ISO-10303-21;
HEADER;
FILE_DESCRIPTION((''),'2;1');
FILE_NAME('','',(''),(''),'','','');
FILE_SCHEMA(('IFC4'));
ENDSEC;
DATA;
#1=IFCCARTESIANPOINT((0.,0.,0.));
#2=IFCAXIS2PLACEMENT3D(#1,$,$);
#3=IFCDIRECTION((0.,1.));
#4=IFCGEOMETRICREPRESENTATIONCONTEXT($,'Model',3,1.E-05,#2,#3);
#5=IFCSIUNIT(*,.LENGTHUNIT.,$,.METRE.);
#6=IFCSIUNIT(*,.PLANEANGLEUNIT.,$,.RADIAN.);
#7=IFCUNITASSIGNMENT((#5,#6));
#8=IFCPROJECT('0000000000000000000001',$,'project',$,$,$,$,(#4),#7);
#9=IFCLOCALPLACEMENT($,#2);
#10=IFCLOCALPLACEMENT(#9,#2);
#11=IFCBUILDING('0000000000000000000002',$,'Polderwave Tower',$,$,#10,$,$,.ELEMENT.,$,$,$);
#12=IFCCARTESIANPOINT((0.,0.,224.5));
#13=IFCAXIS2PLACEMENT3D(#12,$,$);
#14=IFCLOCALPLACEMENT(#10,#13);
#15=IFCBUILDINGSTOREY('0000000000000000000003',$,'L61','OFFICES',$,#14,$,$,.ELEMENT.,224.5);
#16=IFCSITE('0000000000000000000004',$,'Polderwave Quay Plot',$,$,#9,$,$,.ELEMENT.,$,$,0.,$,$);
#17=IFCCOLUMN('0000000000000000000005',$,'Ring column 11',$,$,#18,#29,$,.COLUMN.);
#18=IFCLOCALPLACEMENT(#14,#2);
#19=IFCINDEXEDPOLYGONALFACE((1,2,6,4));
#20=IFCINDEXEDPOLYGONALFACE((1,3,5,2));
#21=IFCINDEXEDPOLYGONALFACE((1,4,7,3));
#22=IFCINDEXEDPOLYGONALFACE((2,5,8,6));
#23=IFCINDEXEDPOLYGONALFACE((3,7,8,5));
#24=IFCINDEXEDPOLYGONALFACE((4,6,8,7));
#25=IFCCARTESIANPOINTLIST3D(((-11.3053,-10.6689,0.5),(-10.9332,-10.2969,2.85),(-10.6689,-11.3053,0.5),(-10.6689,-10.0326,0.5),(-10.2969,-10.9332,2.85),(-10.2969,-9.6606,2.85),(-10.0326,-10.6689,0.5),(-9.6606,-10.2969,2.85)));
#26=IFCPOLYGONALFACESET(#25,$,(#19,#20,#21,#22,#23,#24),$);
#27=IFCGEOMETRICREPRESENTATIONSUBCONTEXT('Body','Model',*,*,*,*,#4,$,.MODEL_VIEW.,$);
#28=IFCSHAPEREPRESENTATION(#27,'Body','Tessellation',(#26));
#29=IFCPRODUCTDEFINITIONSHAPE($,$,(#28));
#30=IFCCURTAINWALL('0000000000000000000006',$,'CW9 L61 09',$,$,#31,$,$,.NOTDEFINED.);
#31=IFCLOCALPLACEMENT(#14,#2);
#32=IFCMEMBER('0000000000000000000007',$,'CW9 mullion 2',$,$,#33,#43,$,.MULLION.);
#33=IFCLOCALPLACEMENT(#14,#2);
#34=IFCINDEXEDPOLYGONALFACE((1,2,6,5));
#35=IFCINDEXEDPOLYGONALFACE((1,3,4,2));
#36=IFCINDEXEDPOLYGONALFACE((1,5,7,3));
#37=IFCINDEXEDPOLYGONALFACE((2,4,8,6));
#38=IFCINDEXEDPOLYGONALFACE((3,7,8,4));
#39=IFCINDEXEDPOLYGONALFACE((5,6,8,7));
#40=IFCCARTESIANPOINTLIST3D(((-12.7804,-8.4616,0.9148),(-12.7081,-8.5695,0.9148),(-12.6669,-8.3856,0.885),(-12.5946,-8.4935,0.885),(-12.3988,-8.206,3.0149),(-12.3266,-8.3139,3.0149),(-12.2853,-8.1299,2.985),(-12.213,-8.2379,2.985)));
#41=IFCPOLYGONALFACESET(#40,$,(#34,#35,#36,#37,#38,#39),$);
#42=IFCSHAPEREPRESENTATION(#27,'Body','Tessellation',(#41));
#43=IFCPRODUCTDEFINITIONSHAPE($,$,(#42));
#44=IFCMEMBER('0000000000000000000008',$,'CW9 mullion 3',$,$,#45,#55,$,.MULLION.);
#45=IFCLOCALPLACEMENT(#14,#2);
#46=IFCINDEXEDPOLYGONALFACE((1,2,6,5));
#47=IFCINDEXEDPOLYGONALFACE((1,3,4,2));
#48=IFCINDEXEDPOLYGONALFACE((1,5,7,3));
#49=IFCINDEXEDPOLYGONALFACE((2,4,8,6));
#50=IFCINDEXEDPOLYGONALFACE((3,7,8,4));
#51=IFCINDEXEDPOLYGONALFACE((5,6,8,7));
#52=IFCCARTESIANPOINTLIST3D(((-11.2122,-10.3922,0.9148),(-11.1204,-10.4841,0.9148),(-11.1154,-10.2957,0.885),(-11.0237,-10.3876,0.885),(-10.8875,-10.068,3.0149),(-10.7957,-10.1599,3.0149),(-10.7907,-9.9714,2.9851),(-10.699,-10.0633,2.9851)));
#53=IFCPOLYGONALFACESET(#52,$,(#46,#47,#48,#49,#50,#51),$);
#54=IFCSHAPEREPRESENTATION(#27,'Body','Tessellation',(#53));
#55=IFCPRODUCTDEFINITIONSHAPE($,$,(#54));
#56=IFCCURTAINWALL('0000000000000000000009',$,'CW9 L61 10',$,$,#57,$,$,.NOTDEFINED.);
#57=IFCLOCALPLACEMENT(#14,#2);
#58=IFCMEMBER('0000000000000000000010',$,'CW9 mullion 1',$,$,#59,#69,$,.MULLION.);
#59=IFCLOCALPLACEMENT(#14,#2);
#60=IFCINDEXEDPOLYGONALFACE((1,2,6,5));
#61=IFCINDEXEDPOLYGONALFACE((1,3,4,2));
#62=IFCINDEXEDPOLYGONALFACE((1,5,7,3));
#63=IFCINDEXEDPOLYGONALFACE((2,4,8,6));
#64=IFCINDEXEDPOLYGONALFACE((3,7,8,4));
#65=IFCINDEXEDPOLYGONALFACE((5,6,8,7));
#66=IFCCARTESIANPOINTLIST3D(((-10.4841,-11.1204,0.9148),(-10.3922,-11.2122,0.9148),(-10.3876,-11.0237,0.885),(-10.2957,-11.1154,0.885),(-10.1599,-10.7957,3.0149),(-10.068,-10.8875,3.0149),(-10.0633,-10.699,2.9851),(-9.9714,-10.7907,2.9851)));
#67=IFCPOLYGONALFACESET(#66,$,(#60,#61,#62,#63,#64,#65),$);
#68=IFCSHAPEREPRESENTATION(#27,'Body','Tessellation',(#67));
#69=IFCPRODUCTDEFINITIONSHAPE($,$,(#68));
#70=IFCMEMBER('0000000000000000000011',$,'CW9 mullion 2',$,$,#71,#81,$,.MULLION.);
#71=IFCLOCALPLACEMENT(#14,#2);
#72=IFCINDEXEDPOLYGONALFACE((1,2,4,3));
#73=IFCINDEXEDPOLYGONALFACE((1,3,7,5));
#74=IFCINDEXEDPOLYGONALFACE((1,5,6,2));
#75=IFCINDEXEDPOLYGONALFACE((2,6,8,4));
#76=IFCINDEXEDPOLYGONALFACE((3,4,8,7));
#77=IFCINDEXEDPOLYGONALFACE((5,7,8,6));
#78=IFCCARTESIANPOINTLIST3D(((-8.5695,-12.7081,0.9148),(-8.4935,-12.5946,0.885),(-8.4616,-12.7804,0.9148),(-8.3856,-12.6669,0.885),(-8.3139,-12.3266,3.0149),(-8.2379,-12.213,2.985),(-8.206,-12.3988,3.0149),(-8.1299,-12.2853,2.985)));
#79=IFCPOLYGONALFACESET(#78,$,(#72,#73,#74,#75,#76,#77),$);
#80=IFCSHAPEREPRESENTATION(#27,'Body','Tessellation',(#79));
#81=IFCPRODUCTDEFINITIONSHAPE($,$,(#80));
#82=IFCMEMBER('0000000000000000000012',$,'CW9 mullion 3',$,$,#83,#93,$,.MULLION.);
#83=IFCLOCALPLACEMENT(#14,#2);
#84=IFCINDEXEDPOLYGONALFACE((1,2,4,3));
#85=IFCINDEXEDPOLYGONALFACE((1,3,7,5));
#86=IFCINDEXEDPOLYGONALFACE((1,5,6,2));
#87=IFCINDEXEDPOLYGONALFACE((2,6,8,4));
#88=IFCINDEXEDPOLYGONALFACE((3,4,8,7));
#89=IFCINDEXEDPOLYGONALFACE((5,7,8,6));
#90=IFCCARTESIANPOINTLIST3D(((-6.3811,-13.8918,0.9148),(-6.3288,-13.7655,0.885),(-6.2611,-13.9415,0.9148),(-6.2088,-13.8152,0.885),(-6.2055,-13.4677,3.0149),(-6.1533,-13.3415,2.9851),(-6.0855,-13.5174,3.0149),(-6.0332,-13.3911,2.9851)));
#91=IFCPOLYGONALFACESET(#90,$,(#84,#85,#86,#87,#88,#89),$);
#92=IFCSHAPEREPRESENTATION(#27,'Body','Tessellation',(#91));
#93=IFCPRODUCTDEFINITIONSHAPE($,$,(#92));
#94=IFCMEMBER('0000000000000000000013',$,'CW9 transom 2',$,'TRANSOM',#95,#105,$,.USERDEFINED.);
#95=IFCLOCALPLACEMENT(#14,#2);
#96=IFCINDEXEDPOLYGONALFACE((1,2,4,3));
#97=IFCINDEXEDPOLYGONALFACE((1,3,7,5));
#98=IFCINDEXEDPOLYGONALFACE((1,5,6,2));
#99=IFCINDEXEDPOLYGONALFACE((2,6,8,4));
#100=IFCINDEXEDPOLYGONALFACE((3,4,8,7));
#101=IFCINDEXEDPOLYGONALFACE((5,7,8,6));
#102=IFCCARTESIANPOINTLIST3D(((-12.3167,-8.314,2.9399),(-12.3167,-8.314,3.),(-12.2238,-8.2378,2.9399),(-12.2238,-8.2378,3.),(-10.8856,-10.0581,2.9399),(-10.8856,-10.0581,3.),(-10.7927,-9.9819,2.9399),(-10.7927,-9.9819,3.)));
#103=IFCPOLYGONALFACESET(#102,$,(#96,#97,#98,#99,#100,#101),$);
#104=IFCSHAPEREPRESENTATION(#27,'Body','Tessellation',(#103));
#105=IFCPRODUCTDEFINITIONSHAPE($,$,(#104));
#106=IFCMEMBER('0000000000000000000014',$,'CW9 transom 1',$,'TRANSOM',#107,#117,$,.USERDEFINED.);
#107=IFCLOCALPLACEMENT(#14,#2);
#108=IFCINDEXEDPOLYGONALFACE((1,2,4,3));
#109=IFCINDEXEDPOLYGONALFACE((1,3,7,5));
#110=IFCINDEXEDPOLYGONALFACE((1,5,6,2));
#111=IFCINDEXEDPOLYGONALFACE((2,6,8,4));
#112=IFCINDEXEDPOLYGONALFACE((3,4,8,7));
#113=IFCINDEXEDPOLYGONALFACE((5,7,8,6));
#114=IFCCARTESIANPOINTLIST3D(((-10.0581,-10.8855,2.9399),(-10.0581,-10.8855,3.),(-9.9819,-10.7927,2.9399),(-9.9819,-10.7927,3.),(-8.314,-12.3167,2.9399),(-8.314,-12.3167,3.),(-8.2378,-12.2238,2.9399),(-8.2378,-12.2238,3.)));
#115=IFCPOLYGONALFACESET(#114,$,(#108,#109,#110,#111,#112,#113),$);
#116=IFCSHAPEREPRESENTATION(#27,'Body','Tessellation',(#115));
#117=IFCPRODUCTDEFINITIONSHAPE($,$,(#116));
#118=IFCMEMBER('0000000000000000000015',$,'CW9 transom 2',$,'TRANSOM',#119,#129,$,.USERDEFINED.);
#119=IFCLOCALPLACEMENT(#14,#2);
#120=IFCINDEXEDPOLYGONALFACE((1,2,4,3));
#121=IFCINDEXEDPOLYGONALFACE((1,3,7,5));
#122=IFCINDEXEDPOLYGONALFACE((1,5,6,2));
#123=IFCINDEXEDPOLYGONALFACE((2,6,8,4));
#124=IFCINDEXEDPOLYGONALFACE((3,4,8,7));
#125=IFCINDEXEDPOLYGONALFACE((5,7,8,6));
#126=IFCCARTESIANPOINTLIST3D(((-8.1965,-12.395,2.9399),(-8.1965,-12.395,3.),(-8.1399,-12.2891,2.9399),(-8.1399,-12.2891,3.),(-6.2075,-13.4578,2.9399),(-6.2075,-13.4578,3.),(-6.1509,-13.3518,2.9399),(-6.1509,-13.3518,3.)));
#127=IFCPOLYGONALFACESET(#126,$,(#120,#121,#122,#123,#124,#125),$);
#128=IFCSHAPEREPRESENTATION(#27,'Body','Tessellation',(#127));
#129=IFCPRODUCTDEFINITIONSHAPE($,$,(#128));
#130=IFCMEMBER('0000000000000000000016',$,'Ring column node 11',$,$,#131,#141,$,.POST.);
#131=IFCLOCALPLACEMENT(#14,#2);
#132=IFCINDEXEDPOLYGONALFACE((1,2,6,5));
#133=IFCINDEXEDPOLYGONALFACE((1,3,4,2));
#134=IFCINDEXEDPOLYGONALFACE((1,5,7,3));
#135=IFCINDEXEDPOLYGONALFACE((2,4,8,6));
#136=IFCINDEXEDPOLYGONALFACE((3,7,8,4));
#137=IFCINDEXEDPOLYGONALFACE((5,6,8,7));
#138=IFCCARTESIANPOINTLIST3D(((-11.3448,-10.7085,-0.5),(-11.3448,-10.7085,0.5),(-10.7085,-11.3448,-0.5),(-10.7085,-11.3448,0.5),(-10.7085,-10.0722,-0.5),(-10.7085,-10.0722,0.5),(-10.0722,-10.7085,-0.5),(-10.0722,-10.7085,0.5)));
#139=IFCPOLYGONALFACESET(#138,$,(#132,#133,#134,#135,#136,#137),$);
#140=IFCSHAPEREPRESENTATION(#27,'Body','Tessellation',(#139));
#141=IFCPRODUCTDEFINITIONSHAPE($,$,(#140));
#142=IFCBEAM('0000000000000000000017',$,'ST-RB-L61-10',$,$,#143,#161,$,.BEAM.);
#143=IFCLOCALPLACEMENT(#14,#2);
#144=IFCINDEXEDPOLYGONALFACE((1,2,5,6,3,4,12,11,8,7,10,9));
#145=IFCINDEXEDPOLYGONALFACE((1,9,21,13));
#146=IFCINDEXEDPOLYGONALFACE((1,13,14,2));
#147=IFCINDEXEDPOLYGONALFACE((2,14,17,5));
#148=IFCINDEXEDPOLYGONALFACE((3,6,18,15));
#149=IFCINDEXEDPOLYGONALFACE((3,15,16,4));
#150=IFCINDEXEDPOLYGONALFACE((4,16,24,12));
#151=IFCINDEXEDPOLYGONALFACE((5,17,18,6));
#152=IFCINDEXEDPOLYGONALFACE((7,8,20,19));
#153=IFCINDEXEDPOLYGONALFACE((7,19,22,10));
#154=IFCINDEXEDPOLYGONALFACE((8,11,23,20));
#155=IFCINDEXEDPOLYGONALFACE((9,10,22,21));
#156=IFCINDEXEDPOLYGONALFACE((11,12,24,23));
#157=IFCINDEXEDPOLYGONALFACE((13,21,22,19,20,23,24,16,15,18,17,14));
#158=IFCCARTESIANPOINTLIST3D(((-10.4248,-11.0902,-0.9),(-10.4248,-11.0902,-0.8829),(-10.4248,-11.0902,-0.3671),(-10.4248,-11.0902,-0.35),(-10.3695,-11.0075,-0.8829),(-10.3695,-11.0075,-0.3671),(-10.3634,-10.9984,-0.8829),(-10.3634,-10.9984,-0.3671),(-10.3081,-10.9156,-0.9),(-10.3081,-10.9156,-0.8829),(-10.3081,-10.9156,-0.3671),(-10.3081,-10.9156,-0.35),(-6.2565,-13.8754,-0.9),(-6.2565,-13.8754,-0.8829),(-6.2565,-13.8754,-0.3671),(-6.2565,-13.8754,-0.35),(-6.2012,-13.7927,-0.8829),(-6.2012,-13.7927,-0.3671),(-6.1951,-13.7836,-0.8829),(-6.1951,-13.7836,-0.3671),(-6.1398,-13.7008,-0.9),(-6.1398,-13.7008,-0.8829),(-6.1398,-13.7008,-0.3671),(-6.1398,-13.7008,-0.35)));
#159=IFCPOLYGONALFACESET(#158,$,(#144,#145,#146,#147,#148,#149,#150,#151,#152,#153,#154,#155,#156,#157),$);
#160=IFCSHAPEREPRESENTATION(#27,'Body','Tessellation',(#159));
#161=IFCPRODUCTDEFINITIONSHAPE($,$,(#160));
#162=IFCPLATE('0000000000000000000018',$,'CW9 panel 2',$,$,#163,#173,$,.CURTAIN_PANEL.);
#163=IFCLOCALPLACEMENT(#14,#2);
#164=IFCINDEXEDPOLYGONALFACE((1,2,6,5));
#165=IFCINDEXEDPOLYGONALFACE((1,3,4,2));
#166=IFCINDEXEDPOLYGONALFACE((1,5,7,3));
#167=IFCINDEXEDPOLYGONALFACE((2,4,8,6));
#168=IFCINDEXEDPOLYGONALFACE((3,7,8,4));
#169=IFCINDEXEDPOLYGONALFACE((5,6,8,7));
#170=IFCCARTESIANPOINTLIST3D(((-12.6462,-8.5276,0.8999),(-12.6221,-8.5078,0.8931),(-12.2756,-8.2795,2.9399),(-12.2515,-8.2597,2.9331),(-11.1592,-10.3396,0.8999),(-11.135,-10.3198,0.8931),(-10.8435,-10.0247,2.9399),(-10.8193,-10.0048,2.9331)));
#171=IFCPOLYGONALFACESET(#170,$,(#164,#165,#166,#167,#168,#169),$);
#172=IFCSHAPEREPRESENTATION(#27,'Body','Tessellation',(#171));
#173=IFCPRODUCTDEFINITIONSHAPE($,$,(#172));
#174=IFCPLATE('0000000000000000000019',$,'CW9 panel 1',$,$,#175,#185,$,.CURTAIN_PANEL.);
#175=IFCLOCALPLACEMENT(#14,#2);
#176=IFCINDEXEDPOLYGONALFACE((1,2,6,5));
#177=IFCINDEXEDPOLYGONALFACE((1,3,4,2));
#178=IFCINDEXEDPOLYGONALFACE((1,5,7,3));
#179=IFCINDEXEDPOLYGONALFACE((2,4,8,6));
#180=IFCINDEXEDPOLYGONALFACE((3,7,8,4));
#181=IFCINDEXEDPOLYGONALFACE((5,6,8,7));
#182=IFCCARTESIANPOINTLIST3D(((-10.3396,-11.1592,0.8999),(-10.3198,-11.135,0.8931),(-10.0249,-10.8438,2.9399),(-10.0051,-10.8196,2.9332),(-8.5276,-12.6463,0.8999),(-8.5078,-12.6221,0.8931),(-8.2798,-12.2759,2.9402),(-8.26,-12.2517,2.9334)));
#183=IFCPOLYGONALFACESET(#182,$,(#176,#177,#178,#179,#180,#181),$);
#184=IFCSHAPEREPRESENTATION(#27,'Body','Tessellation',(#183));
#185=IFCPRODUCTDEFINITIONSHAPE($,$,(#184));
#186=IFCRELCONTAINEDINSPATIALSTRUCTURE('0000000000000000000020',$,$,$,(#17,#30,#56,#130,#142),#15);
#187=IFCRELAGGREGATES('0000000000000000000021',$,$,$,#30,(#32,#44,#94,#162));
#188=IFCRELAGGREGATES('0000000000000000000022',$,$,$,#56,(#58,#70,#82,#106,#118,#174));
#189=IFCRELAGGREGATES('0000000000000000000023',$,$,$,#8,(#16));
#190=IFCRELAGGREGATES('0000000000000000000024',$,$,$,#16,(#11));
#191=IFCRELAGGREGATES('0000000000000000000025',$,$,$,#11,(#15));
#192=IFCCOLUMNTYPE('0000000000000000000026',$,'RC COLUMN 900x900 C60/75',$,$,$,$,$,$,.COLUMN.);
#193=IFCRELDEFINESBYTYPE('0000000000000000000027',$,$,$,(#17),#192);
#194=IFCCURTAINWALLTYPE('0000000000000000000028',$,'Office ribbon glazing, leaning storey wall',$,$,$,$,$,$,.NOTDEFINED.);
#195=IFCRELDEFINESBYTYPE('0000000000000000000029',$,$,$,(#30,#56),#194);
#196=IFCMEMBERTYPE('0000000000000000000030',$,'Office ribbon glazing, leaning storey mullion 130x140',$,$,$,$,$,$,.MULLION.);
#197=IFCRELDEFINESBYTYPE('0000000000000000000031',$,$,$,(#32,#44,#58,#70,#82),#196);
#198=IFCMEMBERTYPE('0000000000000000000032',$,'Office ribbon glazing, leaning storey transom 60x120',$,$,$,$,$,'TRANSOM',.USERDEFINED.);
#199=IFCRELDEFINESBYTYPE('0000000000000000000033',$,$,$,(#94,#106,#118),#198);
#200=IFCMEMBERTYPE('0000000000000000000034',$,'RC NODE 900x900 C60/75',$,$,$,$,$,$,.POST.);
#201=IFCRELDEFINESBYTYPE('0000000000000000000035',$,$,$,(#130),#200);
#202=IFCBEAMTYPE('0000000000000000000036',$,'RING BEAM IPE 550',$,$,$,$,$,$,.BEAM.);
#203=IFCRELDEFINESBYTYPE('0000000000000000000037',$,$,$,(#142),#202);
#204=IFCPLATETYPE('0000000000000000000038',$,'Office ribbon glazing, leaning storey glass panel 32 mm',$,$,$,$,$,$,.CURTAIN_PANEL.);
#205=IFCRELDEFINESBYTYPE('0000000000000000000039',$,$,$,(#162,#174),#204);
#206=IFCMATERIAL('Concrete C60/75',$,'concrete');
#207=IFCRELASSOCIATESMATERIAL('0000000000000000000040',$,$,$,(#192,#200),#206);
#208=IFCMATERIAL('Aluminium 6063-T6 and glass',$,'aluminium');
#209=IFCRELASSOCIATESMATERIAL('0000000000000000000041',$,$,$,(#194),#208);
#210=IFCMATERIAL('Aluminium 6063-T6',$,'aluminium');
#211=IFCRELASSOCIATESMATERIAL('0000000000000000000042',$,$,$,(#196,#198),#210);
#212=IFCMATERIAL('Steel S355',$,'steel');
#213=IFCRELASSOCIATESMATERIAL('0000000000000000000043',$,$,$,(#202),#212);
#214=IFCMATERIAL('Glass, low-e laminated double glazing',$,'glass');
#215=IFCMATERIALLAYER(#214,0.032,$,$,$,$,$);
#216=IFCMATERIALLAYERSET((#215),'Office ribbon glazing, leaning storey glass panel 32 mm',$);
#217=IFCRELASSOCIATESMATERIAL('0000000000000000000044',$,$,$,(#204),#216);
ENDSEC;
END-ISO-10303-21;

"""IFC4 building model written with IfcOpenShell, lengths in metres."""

from ifc_helpers import new_model, si_unit, direction, frame, origin, origin_2d, place, context, subcontext, project, spatial, polyline, rectangle, i_section, outline, extrude, material, layer, layer_set, material_profile, profile_set, type_object, element, aggregate, save


model = new_model("IFC4")

# Units and contexts
model_context = context("Model", 3, precision=1e-05, world=origin(), true_north=direction((0.0, 1.0)))
body_context = subcontext(model_context, "Body", "Model", "MODEL_VIEW")
ifc_project = project(units=[si_unit("LENGTHUNIT", "METRE"), si_unit("PLANEANGLEUNIT", "RADIAN")], contexts=[model_context])

# Site, building, storey
site_placement = place(None, origin())
site = spatial("IfcSite", under=ifc_project, at=site_placement, Name="Polderwave Quay Plot", CompositionType="ELEMENT", RefElevation=0.0)
building_placement = place(site_placement, origin())
building = spatial("IfcBuilding", under=site, at=building_placement, Name="Polderwave Tower", CompositionType="ELEMENT")
storey_placement = place(building_placement, frame((0.0, 0.0, 224.5)))
storey = spatial("IfcBuildingStorey", under=building, at=storey_placement, Name="L61", Description="OFFICES", CompositionType="ELEMENT", Elevation=224.5)

# Column
ifc_material_1 = material(Name="Concrete C60/75", Category="concrete")
ifc_material_profile_1 = material_profile(ifc_material_1, rectangle(XDim=0.8999, YDim=0.8999, at=origin_2d()), Name="RC 900x900")
ifc_profile_set_1 = profile_set([ifc_material_profile_1], Name="Concrete C60/75")
column_type = type_object("IfcColumnType", Name="RC COLUMN 900x900 C60/75", PredefinedType="COLUMN", material=ifc_profile_set_1)
column_placement = place(storey_placement, frame((-10.6689, -10.6689, 0.5), z_axis=(0.0, 0.0, 1.0), x_axis=(-0.707107, 0.707107, 0.0)))
element("IfcColumn", 1, at=column_placement, inside=storey, type_object=column_type, Name="Ring column 11", PredefinedType="COLUMN", context=body_context, shape_type="SweptSolid", body=[
    extrude(rectangle(XDim=0.8999, YDim=0.8999, at=origin_2d()), origin(), (0.0, -0.21849, 0.975839), 2.4082),
])

# Curtain walls, members
ifc_material_2 = material(Name="Aluminium 6063-T6 and glass", Category="aluminium")
curtain_wall_type = type_object("IfcCurtainWallType", Name="Office ribbon glazing, leaning storey wall", PredefinedType="NOTDEFINED", material=ifc_material_2)
curtain_wall_1_placement = place(storey_placement, origin())
curtain_wall_1 = element("IfcCurtainWall", 2, at=curtain_wall_1_placement, inside=storey, type_object=curtain_wall_type, Name="CW9 L61 09", PredefinedType="NOTDEFINED")
ifc_material_3 = material(Name="Aluminium 6063-T6", Category="aluminium")
ifc_material_profile_2 = material_profile(ifc_material_3, rectangle(XDim=0.1299, YDim=0.1399, at=origin_2d()), Name="AL 130x140")
ifc_profile_set_2 = profile_set([ifc_material_profile_2], Name="Aluminium 6063-T6")
member_type_1 = type_object("IfcMemberType", Name="Office ribbon glazing, leaning storey mullion 130x140", PredefinedType="MULLION", material=ifc_profile_set_2)
member_1_placement = place(storey_placement, frame((-12.6875, -8.4775, 0.8999), z_axis=(0.177506, 0.118905, 0.97691), x_axis=(-0.556539, 0.830822, 0.0)))
member_1 = element("IfcMember", 3, at=member_1_placement, type_object=member_type_1, Name="CW9 mullion 2", PredefinedType="MULLION", context=body_context, shape_type="SweptSolid", body=[
    extrude(rectangle(XDim=0.1299, YDim=0.1399, at=origin_2d()), origin(), (0.0, 0.0, 1.0), 2.1497),
])
member_2_placement = place(storey_placement, frame((-11.1179, -10.3899, 0.8999), z_axis=(0.151052, 0.150825, 0.976952), x_axis=(-0.706575, 0.707639, 0.0)))
member_2 = element("IfcMember", 4, at=member_2_placement, type_object=member_type_1, Name="CW9 mullion 3", PredefinedType="MULLION", context=body_context, shape_type="SweptSolid", body=[
    extrude(rectangle(XDim=0.1299, YDim=0.1399, at=origin_2d()), origin(), (0.0, 0.0, 1.0), 2.1497),
])
curtain_wall_2_placement = place(storey_placement, origin())
curtain_wall_2 = element("IfcCurtainWall", 5, at=curtain_wall_2_placement, inside=storey, type_object=curtain_wall_type, Name="CW9 L61 10", PredefinedType="NOTDEFINED")
member_3_placement = place(storey_placement, frame((-10.3899, -11.1179, 0.8999), z_axis=(0.150825, 0.151052, 0.976952), x_axis=(-0.707639, 0.706575, 0.0)))
member_3 = element("IfcMember", 6, at=member_3_placement, type_object=member_type_1, Name="CW9 mullion 1", PredefinedType="MULLION", context=body_context, shape_type="SweptSolid", body=[
    extrude(rectangle(XDim=0.1299, YDim=0.1399, at=origin_2d()), origin(), (0.0, 0.0, 1.0), 2.1497),
])
member_4_placement = place(storey_placement, frame((-8.4775, -12.6875, 0.8999), z_axis=(0.118905, 0.177506, 0.97691), x_axis=(-0.830822, 0.556539, 0.0)))
member_4 = element("IfcMember", 7, at=member_4_placement, type_object=member_type_1, Name="CW9 mullion 2", PredefinedType="MULLION", context=body_context, shape_type="SweptSolid", body=[
    extrude(rectangle(XDim=0.1299, YDim=0.1399, at=origin_2d()), origin(), (0.0, 0.0, 1.0), 2.1497),
])
member_5_placement = place(storey_placement, frame((-6.2949, -13.8535, 0.8999), z_axis=(0.081658, 0.197274, 0.976942), x_axis=(-0.923971, 0.382461, 0.0)))
member_5 = element("IfcMember", 8, at=member_5_placement, type_object=member_type_1, Name="CW9 mullion 3", PredefinedType="MULLION", context=body_context, shape_type="SweptSolid", body=[
    extrude(rectangle(XDim=0.1299, YDim=0.1399, at=origin_2d()), origin(), (0.0, 0.0, 1.0), 2.1497),
])

# Members
ifc_material_profile_3 = material_profile(ifc_material_3, rectangle(XDim=0.1201, YDim=0.0601, at=origin_2d()), Name="AL 60x120")
ifc_profile_set_3 = profile_set([ifc_material_profile_3], Name="Aluminium 6063-T6")
member_type_2 = type_object("IfcMemberType", Name="Office ribbon glazing, leaning storey transom 60x120", ElementType="TRANSOM", PredefinedType="USERDEFINED", material=ifc_profile_set_3)
member_6_placement = place(storey_placement, frame((-12.2703, -8.2759, 2.97), z_axis=(0.634333, -0.77306, 0.0), x_axis=(0.77306, 0.634333, 0.0)))
member_6 = element("IfcMember", 9, at=member_6_placement, type_object=member_type_2, Name="CW9 transom 2", ObjectType="TRANSOM", PredefinedType="USERDEFINED", context=body_context, shape_type="SweptSolid", body=[
    extrude(rectangle(XDim=0.1201, YDim=0.0601, at=origin_2d()), origin(), (0.0, 0.0, 1.0), 2.2561),
])
member_7_placement = place(storey_placement, frame((-10.02, -10.8391, 2.97), z_axis=(0.77306, -0.634333, 0.0), x_axis=(0.634333, 0.77306, 0.0)))
member_7 = element("IfcMember", 10, at=member_7_placement, type_object=member_type_2, Name="CW9 transom 1", ObjectType="TRANSOM", PredefinedType="USERDEFINED", context=body_context, shape_type="SweptSolid", body=[
    extrude(rectangle(XDim=0.1201, YDim=0.0601, at=origin_2d()), origin(), (0.0, 0.0, 1.0), 2.2561),
])
member_8_placement = place(storey_placement, frame((-8.1682, -12.342, 2.97), z_axis=(0.881996, -0.471257, 0.0), x_axis=(0.471257, 0.881996, 0.0)))
member_8 = element("IfcMember", 11, at=member_8_placement, type_object=member_type_2, Name="CW9 transom 2", ObjectType="TRANSOM", PredefinedType="USERDEFINED", context=body_context, shape_type="SweptSolid", body=[
    extrude(rectangle(XDim=0.1201, YDim=0.0601, at=origin_2d()), origin(), (0.0, 0.0, 1.0), 2.2551),
])
ifc_material_profile_4 = material_profile(ifc_material_1, rectangle(XDim=0.8999, YDim=0.8999, at=origin_2d()), Name="RC 900x900")
ifc_profile_set_4 = profile_set([ifc_material_profile_4], Name="Concrete C60/75")
member_type_3 = type_object("IfcMemberType", Name="RC NODE 900x900 C60/75", PredefinedType="POST", material=ifc_profile_set_4)
member_9_placement = place(storey_placement, frame((-10.7085, -10.7085, -0.5), z_axis=(0.0, 0.0, 1.0), x_axis=(-0.707107, -0.707107, 0.0)))
element("IfcMember", 12, at=member_9_placement, inside=storey, type_object=member_type_3, Name="Ring column node 11", PredefinedType="POST", context=body_context, shape_type="SweptSolid", body=[
    extrude(rectangle(XDim=0.8999, YDim=0.8999, at=origin_2d()), origin(), (0.0, 0.0, 1.0), 1.0),
])

# Beam
ifc_material_4 = material(Name="Steel S355", Category="steel")
ifc_material_profile_5 = material_profile(ifc_material_4, i_section(OverallWidth=0.21, OverallDepth=0.55, WebThickness=0.011, FlangeThickness=0.0171, at=origin_2d()), Name="IPE 550")
ifc_profile_set_5 = profile_set([ifc_material_profile_5], Name="Steel S355")
beam_type = type_object("IfcBeamType", Name="RING BEAM IPE 550", PredefinedType="BEAM", material=ifc_profile_set_5)
beam_placement = place(storey_placement, frame((-10.3665, -11.0029, -0.625), z_axis=(0.831465, -0.555576, 0.0), x_axis=(0.555576, 0.831465, 0.0)))
element("IfcBeam", 13, at=beam_placement, inside=storey, type_object=beam_type, Name="ST-RB-L61-10", PredefinedType="BEAM", context=body_context, shape_type="SweptSolid", body=[
    extrude(i_section(OverallWidth=0.21, OverallDepth=0.55, WebThickness=0.011, FlangeThickness=0.0171, at=origin_2d()), origin(), (0.0, 0.0, 1.0), 5.0132),
])

# Plates
ifc_material_5 = material(Name="Glass, low-e laminated double glazing", Category="glass")
ifc_layer_1 = layer(ifc_material_5, 0.032)
ifc_layer_set_1 = layer_set([ifc_layer_1], Name="Office ribbon glazing, leaning storey glass panel 32 mm")
plate_type = type_object("IfcPlateType", Name="Office ribbon glazing, leaning storey glass panel 32 mm", PredefinedType="CURTAIN_PANEL", material=ifc_layer_set_1)
plate_1_placement = place(storey_placement, frame((-12.6462, -8.5276, 0.8999), z_axis=(-0.755349, -0.619884, 0.212586), x_axis=(0.634384, -0.773018, 0.000001)))
plate_1 = element("IfcPlate", 14, at=plate_1_placement, type_object=plate_type, Name="CW9 panel 2", PredefinedType="CURTAIN_PANEL", context=body_context, shape_type="SweptSolid", body=[
    extrude(outline(polyline([(0.0, 0.0), (2.3441, 0.0), (2.3009, 2.0878), (0.0434, 2.0878), (0.0, 0.0)])), origin(), (0.0, 0.0, -1.0), 0.032),
])
aggregate(curtain_wall_1, [member_1, member_2, member_6, plate_1])
plate_2_placement = place(storey_placement, frame((-10.3396, -11.1592, 0.8999), z_axis=(-0.619916, -0.75537, 0.212417), x_axis=(0.773011, -0.634393, 0.000001)))
plate_2 = element("IfcPlate", 15, at=plate_2_placement, type_object=plate_type, Name="CW9 panel 1", PredefinedType="CURTAIN_PANEL", context=body_context, shape_type="SweptSolid", body=[
    extrude(outline(polyline([(0.0, 0.0), (2.3441, 0.0), (2.3007, 2.0879), (0.0432, 2.0877), (0.0, 0.0)])), origin(), (0.0, 0.0, -1.0), 0.032),
])
aggregate(curtain_wall_2, [member_3, member_4, member_5, member_7, member_8, plate_2])

save(model, "model.ifc")
